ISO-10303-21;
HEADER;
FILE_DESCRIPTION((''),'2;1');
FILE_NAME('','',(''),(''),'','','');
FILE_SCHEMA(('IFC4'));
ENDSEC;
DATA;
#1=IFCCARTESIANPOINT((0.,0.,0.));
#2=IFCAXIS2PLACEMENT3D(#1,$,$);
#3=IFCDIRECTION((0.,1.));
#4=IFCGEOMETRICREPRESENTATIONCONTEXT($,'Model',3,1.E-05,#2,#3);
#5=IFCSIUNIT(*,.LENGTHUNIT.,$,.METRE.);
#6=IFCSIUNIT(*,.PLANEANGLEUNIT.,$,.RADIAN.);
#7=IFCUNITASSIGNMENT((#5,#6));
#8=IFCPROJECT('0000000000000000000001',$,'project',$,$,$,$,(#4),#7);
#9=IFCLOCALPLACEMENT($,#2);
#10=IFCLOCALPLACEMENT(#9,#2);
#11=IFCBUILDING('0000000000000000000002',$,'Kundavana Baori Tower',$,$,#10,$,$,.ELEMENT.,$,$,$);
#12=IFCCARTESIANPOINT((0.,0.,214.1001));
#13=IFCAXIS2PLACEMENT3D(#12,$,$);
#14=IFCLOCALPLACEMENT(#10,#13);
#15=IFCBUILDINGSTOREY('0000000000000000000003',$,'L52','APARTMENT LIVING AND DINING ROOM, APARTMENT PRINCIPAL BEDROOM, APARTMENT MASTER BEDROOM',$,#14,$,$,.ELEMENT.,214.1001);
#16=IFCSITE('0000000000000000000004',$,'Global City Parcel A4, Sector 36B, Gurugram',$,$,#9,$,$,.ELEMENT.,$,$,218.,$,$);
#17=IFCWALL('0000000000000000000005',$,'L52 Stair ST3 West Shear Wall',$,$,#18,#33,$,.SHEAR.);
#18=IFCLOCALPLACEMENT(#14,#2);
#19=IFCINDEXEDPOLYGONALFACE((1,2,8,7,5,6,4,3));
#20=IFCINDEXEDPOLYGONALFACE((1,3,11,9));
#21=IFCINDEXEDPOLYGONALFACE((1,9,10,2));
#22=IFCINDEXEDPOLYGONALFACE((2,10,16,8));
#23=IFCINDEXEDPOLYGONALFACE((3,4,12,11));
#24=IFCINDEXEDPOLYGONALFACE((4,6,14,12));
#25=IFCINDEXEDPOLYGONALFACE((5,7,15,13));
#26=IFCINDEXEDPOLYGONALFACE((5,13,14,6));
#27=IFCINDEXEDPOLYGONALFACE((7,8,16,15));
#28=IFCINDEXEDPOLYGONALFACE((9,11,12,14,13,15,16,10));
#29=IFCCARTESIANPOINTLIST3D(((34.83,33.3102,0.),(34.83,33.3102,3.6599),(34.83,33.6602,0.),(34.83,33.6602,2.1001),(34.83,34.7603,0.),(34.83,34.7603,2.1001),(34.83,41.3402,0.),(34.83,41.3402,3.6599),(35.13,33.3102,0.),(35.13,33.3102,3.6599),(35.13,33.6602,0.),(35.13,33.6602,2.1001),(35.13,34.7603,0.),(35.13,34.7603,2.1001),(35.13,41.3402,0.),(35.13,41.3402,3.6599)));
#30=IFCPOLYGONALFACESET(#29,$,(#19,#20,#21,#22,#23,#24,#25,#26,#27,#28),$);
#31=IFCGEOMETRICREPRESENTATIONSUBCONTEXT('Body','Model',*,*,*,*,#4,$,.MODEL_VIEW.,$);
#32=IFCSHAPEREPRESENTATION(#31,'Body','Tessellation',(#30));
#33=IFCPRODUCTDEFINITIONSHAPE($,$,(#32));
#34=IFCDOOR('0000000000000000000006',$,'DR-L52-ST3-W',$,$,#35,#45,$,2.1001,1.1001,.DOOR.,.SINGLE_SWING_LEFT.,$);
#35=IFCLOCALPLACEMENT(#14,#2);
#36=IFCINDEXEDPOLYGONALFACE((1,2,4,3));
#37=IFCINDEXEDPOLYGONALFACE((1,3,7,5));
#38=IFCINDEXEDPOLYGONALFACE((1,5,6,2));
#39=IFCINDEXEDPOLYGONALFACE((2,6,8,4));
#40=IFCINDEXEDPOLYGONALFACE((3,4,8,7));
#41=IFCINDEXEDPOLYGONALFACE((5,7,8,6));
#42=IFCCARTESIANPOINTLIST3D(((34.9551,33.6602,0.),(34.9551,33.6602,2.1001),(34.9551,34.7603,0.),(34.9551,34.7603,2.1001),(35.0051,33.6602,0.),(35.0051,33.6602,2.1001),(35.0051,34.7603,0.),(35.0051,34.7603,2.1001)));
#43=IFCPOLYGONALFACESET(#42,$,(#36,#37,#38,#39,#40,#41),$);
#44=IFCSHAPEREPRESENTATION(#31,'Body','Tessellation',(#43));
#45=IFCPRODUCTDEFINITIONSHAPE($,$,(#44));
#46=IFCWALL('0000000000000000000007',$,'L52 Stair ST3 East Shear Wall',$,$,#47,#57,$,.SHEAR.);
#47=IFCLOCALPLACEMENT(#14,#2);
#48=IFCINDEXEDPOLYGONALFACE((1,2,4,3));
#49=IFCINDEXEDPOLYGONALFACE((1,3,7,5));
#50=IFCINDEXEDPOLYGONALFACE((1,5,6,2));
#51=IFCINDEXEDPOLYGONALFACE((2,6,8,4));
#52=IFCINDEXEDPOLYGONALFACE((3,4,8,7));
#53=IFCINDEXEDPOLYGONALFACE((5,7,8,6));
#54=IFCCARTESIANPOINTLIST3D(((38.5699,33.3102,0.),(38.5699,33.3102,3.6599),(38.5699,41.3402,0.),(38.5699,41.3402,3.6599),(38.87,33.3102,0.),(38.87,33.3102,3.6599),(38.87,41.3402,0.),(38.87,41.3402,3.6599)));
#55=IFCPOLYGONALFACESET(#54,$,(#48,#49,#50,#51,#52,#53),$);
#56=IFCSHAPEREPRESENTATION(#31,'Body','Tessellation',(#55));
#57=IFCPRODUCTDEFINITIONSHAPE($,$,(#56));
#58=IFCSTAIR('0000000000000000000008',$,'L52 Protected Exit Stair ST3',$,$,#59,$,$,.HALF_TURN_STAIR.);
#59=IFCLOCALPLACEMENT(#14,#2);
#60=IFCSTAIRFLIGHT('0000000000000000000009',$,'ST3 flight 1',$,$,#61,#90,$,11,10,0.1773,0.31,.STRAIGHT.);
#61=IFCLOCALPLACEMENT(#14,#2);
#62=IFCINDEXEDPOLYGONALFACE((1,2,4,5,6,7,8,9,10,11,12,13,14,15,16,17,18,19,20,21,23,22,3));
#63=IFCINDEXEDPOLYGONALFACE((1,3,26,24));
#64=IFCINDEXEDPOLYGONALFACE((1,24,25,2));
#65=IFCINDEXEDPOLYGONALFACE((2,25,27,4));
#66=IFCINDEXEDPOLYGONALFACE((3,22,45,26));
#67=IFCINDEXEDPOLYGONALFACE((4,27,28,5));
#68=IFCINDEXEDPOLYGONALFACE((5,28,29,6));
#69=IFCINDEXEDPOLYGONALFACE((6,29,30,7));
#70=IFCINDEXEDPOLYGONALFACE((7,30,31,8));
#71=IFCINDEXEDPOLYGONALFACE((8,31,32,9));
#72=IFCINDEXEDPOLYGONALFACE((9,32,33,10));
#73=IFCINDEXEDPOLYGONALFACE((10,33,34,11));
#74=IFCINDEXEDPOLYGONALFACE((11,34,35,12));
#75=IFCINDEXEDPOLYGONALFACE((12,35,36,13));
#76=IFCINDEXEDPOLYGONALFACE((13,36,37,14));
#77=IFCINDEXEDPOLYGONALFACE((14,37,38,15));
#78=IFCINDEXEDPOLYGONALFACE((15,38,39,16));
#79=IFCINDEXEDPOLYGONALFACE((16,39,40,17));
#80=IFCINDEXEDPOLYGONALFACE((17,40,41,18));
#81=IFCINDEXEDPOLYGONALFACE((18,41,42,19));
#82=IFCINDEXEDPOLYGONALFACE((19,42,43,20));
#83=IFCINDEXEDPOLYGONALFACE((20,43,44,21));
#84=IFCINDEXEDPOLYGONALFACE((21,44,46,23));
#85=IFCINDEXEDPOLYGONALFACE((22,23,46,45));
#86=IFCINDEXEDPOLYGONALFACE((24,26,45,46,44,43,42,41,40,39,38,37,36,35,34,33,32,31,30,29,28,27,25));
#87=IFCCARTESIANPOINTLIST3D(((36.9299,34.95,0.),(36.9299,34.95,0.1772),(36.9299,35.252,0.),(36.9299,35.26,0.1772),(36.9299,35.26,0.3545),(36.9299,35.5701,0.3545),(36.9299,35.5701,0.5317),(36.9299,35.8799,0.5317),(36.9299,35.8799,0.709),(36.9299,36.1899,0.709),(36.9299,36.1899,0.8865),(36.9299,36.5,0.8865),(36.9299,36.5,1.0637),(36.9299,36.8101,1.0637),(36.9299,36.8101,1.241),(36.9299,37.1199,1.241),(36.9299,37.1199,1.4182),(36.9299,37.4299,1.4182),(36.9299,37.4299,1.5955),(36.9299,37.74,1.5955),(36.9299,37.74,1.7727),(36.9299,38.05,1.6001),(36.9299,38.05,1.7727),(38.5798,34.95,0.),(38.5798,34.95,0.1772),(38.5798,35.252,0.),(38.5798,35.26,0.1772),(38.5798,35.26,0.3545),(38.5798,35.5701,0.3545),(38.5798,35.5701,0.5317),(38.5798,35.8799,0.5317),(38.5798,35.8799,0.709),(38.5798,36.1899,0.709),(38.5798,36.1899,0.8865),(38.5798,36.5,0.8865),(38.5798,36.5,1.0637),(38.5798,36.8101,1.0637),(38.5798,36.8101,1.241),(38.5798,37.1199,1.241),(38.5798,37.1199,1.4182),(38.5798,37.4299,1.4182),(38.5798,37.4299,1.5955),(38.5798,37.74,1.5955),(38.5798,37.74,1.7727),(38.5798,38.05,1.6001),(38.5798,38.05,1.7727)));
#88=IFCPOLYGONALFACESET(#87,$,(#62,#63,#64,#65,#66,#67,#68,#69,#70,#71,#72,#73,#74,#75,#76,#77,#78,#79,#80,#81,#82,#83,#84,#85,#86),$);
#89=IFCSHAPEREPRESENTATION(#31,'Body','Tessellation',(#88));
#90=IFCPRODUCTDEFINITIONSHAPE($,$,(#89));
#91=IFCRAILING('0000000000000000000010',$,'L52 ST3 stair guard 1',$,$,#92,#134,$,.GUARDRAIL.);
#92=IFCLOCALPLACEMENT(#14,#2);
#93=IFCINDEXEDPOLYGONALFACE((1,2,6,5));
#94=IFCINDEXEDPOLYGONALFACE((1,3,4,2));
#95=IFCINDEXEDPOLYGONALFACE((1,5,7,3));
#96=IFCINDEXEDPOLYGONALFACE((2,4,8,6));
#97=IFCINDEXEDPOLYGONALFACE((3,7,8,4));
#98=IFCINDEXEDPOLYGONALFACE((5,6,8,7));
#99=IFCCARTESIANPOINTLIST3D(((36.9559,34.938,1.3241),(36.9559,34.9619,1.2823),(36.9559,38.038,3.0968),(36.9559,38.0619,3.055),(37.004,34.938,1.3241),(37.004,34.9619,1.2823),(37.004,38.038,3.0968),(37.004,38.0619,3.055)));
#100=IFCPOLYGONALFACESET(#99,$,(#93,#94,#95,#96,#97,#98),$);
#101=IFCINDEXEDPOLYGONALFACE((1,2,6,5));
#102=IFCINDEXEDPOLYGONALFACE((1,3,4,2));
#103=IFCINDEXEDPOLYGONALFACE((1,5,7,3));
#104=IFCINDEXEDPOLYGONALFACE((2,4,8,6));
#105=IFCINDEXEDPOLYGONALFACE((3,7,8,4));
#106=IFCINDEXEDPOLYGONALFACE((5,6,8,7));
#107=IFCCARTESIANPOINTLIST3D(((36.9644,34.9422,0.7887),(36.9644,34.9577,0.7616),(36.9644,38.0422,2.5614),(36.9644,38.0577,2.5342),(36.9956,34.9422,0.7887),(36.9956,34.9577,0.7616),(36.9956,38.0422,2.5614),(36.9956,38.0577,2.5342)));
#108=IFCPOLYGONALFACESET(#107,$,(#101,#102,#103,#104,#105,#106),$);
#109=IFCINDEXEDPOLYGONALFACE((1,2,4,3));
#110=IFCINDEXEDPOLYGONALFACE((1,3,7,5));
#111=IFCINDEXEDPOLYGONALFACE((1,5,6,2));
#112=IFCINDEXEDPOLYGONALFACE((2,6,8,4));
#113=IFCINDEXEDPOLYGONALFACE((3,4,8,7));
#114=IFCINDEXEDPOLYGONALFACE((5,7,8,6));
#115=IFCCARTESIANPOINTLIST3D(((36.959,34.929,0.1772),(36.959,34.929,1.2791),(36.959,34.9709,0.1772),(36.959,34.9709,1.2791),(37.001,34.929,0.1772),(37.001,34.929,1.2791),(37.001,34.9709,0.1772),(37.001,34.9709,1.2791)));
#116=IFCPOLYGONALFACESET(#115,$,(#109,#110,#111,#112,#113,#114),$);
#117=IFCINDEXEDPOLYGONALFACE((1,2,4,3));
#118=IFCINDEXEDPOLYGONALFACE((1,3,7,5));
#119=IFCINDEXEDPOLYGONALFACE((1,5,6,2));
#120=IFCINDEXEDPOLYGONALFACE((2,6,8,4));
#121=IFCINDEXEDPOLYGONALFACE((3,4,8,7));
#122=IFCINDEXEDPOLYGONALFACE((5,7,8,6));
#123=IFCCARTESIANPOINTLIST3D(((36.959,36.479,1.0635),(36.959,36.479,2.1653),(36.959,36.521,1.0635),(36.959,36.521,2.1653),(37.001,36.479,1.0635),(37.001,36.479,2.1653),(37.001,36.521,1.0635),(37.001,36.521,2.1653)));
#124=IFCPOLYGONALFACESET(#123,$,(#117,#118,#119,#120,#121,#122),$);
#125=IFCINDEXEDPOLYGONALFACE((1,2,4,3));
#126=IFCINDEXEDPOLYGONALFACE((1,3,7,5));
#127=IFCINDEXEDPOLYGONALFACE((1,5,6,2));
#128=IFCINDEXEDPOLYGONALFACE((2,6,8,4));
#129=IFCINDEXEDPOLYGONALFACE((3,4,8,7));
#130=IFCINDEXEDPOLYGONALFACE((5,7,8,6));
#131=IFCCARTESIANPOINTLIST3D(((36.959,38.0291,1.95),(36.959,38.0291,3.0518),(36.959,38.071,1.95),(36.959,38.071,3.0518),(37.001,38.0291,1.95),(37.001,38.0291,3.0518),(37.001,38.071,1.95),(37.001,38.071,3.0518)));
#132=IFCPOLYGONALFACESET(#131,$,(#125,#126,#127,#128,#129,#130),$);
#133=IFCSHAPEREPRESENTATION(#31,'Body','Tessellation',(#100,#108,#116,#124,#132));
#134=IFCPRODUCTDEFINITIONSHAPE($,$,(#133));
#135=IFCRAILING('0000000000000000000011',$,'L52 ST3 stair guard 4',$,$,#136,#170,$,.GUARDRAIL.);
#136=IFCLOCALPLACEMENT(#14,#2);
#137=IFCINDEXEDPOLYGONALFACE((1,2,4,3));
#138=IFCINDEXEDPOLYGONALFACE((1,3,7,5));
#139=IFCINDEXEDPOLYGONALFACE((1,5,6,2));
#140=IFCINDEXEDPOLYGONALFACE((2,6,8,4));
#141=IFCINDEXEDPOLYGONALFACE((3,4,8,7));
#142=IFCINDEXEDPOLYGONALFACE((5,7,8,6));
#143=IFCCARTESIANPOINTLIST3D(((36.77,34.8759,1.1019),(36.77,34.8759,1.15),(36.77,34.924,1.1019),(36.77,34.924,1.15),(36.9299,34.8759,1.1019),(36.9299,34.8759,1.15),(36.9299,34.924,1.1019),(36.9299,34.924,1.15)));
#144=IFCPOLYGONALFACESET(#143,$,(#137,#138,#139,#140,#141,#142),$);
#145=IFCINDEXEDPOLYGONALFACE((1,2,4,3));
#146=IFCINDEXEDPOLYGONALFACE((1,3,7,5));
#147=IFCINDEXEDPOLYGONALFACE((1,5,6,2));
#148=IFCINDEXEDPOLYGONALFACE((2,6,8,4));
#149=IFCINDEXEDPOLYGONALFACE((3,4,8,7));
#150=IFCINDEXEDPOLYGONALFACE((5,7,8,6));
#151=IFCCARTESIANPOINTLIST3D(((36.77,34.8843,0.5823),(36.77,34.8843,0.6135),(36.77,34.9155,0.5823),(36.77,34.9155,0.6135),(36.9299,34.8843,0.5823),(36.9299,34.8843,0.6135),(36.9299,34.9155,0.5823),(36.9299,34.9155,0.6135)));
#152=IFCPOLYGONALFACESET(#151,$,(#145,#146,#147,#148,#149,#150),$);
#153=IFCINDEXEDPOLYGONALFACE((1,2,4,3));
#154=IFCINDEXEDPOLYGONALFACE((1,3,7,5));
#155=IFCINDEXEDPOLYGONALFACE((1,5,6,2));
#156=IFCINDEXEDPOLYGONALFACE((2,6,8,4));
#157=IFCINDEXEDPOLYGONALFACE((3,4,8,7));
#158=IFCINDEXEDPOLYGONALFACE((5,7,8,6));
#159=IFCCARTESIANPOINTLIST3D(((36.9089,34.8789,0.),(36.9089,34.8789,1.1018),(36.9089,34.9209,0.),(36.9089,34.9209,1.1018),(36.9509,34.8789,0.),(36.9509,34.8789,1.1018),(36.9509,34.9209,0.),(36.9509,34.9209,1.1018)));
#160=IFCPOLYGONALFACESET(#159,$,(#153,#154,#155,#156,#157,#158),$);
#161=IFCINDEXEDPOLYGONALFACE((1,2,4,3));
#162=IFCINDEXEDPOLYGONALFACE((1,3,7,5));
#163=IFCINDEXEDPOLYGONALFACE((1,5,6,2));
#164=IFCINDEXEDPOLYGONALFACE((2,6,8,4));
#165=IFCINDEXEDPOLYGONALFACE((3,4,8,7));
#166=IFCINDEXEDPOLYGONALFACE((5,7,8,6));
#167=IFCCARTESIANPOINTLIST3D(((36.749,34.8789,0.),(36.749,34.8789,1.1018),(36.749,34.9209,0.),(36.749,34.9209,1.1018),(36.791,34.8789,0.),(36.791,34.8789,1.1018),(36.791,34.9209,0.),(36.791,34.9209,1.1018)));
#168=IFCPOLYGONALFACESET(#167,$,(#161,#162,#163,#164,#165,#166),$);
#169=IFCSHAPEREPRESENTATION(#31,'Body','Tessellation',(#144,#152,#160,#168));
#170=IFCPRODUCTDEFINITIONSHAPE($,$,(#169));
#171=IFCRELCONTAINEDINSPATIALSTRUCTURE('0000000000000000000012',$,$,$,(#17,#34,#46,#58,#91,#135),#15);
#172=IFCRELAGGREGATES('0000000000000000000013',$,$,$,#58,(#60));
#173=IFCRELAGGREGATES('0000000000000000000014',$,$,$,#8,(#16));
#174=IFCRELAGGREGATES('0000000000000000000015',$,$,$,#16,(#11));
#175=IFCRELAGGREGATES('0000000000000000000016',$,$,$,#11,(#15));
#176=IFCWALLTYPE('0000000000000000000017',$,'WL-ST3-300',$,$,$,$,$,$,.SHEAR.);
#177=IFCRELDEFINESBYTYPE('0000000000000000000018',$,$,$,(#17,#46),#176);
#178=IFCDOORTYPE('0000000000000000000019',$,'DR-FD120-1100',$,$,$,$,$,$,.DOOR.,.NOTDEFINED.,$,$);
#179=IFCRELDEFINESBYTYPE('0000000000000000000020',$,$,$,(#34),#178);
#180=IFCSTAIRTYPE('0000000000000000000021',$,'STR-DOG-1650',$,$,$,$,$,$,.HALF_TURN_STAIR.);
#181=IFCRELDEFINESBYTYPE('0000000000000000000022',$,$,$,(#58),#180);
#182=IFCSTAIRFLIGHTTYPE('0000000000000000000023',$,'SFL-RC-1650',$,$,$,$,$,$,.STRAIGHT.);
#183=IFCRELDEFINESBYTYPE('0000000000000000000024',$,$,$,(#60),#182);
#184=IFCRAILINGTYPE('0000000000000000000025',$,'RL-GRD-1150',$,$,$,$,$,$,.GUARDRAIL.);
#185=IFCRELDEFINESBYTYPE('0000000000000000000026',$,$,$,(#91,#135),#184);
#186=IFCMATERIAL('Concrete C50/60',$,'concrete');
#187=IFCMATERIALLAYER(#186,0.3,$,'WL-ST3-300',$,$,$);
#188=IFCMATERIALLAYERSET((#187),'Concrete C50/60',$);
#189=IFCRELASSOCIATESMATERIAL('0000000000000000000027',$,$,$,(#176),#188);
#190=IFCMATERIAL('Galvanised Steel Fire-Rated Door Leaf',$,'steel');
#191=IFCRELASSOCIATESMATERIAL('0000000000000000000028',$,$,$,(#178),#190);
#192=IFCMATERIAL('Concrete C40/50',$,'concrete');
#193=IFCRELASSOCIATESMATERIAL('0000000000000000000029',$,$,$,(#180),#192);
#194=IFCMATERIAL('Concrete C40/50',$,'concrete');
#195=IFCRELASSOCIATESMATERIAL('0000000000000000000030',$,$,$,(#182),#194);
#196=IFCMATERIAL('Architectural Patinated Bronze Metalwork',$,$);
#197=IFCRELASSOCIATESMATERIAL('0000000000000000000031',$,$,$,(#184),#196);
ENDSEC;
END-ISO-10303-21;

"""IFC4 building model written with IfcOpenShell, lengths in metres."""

from ifc_helpers import new_model, si_unit, direction, frame, frame_2d, origin, origin_2d, place, context, subcontext, project, spatial, polyline, rectangle, outline, extrude, material, layer, layer_set, type_object, element, fill, aggregate, save


model = new_model("IFC4")

# Units and contexts
model_context = context("Model", 3, precision=1e-05, world=origin(), true_north=direction((0.0, 1.0)))
body_context = subcontext(model_context, "Body", "Model", "MODEL_VIEW")
ifc_project = project(units=[si_unit("LENGTHUNIT", "METRE"), si_unit("PLANEANGLEUNIT", "RADIAN")], contexts=[model_context])

# Site, building, storey
site_placement = place(None, origin())
site = spatial("IfcSite", under=ifc_project, at=site_placement, Name="Global City Parcel A4, Sector 36B, Gurugram", CompositionType="ELEMENT", RefElevation=218.0)
building_placement = place(site_placement, origin())
building = spatial("IfcBuilding", under=site, at=building_placement, Name="Kundavana Baori Tower", CompositionType="ELEMENT")
storey_placement = place(building_placement, frame((0.0, 0.0, 214.1001)))
storey = spatial("IfcBuildingStorey", under=building, at=storey_placement, Name="L52", Description="APARTMENT LIVING AND DINING ROOM, APARTMENT PRINCIPAL BEDROOM, APARTMENT MASTER BEDROOM", CompositionType="ELEMENT", Elevation=214.1001)

# Shared definitions
ifc_material_1 = material(Name="Concrete C50/60", Category="concrete")
ifc_layer_1 = layer(ifc_material_1, 0.3, Name="WL-ST3-300")
ifc_layer_set_1 = layer_set([ifc_layer_1], Name="Concrete C50/60")
wall_type_1 = type_object("IfcWallType", Name="WL-ST3-300", PredefinedType="SHEAR", material=ifc_layer_set_1)

# Wall, opening, door
wall_1_placement = place(storey_placement, frame((34.98, 33.3101, 0.0), z_axis=(0.0, 0.0, 1.0), x_axis=(0.0, 1.0, 0.0)))
wall_1 = element("IfcWall", 1, at=wall_1_placement, inside=storey, type_object=wall_type_1, Name="L52 Stair ST3 West Shear Wall", PredefinedType="SHEAR", context=body_context, shape_type="SweptSolid", body=[
    extrude(rectangle(XDim=8.03, YDim=0.3, at=frame_2d((4.0151, 0.0))), origin(), (0.0, 0.0, 1.0), 3.6599),
])
opening_1_placement = place(wall_1_placement, frame((0.3501, 0.0, 0.0)))
opening_1 = element("IfcOpeningElement", 2, at=opening_1_placement, cuts=wall_1, PredefinedType="OPENING", context=body_context, shape_type="SweptSolid", body=[
    extrude(rectangle(XDim=1.1001, YDim=2.1001, at=frame_2d((0.55, 1.05))), frame((0.0, 0.1602, 0.0), z_axis=(0.0, -1.0, 0.0), x_axis=(1.0, 0.0, 0.0)), (0.0, 0.0, 1.0), 0.3201),
])
ifc_material_2 = material(Name="Galvanised Steel Fire-Rated Door Leaf", Category="steel")
door_type_1 = type_object("IfcDoorType", Name="DR-FD120-1100", OperationType="NOTDEFINED", PredefinedType="DOOR", material=ifc_material_2)
door_1_placement = place(opening_1_placement, origin())
door_1 = element("IfcDoor", 3, at=door_1_placement, inside=storey, type_object=door_type_1, Name="DR-L52-ST3-W", OperationType="SINGLE_SWING_LEFT", OverallHeight=2.1001, OverallWidth=1.1001, PredefinedType="DOOR", context=body_context, shape_type="SweptSolid", body=[
    extrude(rectangle(XDim=1.1001, YDim=2.1001, at=frame_2d((0.55, 1.05))), frame((0.0, 0.0249, 0.0), z_axis=(0.0, -1.0, 0.0), x_axis=(1.0, 0.0, 0.0)), (0.0, 0.0, 1.0), 0.05),
])
fill(opening_1, door_1)

# Wall
wall_2_placement = place(storey_placement, frame((38.72, 33.3101, 0.0), z_axis=(0.0, 0.0, 1.0), x_axis=(0.0, 1.0, 0.0)))
element("IfcWall", 4, at=wall_2_placement, inside=storey, type_object=wall_type_1, Name="L52 Stair ST3 East Shear Wall", PredefinedType="SHEAR", context=body_context, shape_type="SweptSolid", body=[
    extrude(rectangle(XDim=8.03, YDim=0.3, at=frame_2d((4.0151, 0.0))), origin(), (0.0, 0.0, 1.0), 3.6599),
])

# Stair, stair flight
ifc_material_3 = material(Name="Concrete C40/50", Category="concrete")
stair_type = type_object("IfcStairType", Name="STR-DOG-1650", PredefinedType="HALF_TURN_STAIR", material=ifc_material_3)
stair_placement = place(storey_placement, origin())
stair = element("IfcStair", 5, at=stair_placement, inside=storey, type_object=stair_type, Name="L52 Protected Exit Stair ST3", PredefinedType="HALF_TURN_STAIR")
ifc_material_4 = material(Name="Concrete C40/50", Category="concrete")
stair_flight_type = type_object("IfcStairFlightType", Name="SFL-RC-1650", PredefinedType="STRAIGHT", material=ifc_material_4)
stair_flight_placement = place(storey_placement, frame((37.7549, 34.95, 0.0), z_axis=(0.0, 0.0, 1.0), x_axis=(0.0, 1.0, 0.0)))
stair_flight = element("IfcStairFlight", 6, at=stair_flight_placement, type_object=stair_flight_type, Name="ST3 flight 1", NumberOfRisers=11, NumberOfTreads=10, PredefinedType="STRAIGHT", RiserHeight=0.1773, TreadLength=0.31, context=body_context, shape_type="SweptSolid", body=[
    extrude(outline(polyline([(0.0, 0.0), (0.0, 0.1772), (0.3101, 0.1772), (0.3101, 0.3545), (0.6201, 0.3545), (0.6201, 0.5317), (0.9299, 0.5317), (0.9299, 0.709), (1.24, 0.709), (1.24, 0.8865), (1.55, 0.8865), (1.55, 1.0637), (1.8601, 1.0637), (1.8601, 1.241), (2.1699, 1.241), (2.1699, 1.4182), (2.48, 1.4182), (2.48, 1.5955), (2.79, 1.5955), (2.79, 1.7727), (3.1001, 1.7727), (3.1001, 1.95), (3.1001, 1.6001), (0.302, 0.0), (0.0, 0.0)])), frame((0.0, 0.825, 0.0), z_axis=(0.0, -1.0, 0.0), x_axis=(1.0, 0.0, 0.0)), (0.0, 0.0, 1.0), 1.6499),
])
aggregate(stair, [stair_flight])

# Railings
ifc_material_5 = material(Name="Architectural Patinated Bronze Metalwork")
railing_type_1 = type_object("IfcRailingType", Name="RL-GRD-1150", PredefinedType="GUARDRAIL", material=ifc_material_5)
railing_1_placement = place(storey_placement, frame((36.98, 34.95, 0.1772)))
element("IfcRailing", 7, at=railing_1_placement, inside=storey, type_object=railing_type_1, Name="L52 ST3 stair guard 1", PredefinedType="GUARDRAIL", context=body_context, shape_type="SweptSolid", body=[
    extrude(rectangle(XDim=0.0481, YDim=0.0481, at=origin_2d()), frame((0.0, 0.0, 1.126), z_axis=(0.0, 0.868096, 0.496397), x_axis=(-1.0, 0.0, 0.0)), (0.0, 0.0, 1.0), 3.571),
    extrude(rectangle(XDim=0.0312, YDim=0.0312, at=origin_2d()), frame((0.0, 0.0, 0.5979), z_axis=(0.0, 0.868096, 0.496397), x_axis=(-1.0, 0.0, 0.0)), (0.0, 0.0, 1.0), 3.571),
    extrude(rectangle(XDim=0.042, YDim=0.042, at=origin_2d()), origin(), (0.0, 0.0, 1.0), 1.1018),
    extrude(rectangle(XDim=0.042, YDim=0.042, at=origin_2d()), frame((0.0, 1.55, 0.8862)), (0.0, 0.0, 1.0), 1.1018),
    extrude(rectangle(XDim=0.042, YDim=0.042, at=origin_2d()), frame((0.0, 3.1001, 1.7727)), (0.0, 0.0, 1.0), 1.1018),
])
railing_2_placement = place(storey_placement, frame((36.9299, 34.8999, 0.0)))
element("IfcRailing", 8, at=railing_2_placement, inside=storey, type_object=railing_type_1, Name="L52 ST3 stair guard 4", PredefinedType="GUARDRAIL", context=body_context, shape_type="SweptSolid", body=[
    extrude(rectangle(XDim=0.0481, YDim=0.0481, at=origin_2d()), frame((0.0, 0.0, 1.126), z_axis=(-1.0, 0.0, 0.0), x_axis=(0.0, -1.0, 0.0)), (0.0, 0.0, 1.0), 0.1599),
    extrude(rectangle(XDim=0.0312, YDim=0.0312, at=origin_2d()), frame((0.0, 0.0, 0.5979), z_axis=(-1.0, 0.0, 0.0), x_axis=(0.0, -1.0, 0.0)), (0.0, 0.0, 1.0), 0.1599),
    extrude(rectangle(XDim=0.042, YDim=0.042, at=origin_2d()), origin(), (0.0, 0.0, 1.0), 1.1018),
    extrude(rectangle(XDim=0.042, YDim=0.042, at=origin_2d()), frame((-0.1599, 0.0, 0.0)), (0.0, 0.0, 1.0), 1.1018),
])

save(model, "model.ifc")
